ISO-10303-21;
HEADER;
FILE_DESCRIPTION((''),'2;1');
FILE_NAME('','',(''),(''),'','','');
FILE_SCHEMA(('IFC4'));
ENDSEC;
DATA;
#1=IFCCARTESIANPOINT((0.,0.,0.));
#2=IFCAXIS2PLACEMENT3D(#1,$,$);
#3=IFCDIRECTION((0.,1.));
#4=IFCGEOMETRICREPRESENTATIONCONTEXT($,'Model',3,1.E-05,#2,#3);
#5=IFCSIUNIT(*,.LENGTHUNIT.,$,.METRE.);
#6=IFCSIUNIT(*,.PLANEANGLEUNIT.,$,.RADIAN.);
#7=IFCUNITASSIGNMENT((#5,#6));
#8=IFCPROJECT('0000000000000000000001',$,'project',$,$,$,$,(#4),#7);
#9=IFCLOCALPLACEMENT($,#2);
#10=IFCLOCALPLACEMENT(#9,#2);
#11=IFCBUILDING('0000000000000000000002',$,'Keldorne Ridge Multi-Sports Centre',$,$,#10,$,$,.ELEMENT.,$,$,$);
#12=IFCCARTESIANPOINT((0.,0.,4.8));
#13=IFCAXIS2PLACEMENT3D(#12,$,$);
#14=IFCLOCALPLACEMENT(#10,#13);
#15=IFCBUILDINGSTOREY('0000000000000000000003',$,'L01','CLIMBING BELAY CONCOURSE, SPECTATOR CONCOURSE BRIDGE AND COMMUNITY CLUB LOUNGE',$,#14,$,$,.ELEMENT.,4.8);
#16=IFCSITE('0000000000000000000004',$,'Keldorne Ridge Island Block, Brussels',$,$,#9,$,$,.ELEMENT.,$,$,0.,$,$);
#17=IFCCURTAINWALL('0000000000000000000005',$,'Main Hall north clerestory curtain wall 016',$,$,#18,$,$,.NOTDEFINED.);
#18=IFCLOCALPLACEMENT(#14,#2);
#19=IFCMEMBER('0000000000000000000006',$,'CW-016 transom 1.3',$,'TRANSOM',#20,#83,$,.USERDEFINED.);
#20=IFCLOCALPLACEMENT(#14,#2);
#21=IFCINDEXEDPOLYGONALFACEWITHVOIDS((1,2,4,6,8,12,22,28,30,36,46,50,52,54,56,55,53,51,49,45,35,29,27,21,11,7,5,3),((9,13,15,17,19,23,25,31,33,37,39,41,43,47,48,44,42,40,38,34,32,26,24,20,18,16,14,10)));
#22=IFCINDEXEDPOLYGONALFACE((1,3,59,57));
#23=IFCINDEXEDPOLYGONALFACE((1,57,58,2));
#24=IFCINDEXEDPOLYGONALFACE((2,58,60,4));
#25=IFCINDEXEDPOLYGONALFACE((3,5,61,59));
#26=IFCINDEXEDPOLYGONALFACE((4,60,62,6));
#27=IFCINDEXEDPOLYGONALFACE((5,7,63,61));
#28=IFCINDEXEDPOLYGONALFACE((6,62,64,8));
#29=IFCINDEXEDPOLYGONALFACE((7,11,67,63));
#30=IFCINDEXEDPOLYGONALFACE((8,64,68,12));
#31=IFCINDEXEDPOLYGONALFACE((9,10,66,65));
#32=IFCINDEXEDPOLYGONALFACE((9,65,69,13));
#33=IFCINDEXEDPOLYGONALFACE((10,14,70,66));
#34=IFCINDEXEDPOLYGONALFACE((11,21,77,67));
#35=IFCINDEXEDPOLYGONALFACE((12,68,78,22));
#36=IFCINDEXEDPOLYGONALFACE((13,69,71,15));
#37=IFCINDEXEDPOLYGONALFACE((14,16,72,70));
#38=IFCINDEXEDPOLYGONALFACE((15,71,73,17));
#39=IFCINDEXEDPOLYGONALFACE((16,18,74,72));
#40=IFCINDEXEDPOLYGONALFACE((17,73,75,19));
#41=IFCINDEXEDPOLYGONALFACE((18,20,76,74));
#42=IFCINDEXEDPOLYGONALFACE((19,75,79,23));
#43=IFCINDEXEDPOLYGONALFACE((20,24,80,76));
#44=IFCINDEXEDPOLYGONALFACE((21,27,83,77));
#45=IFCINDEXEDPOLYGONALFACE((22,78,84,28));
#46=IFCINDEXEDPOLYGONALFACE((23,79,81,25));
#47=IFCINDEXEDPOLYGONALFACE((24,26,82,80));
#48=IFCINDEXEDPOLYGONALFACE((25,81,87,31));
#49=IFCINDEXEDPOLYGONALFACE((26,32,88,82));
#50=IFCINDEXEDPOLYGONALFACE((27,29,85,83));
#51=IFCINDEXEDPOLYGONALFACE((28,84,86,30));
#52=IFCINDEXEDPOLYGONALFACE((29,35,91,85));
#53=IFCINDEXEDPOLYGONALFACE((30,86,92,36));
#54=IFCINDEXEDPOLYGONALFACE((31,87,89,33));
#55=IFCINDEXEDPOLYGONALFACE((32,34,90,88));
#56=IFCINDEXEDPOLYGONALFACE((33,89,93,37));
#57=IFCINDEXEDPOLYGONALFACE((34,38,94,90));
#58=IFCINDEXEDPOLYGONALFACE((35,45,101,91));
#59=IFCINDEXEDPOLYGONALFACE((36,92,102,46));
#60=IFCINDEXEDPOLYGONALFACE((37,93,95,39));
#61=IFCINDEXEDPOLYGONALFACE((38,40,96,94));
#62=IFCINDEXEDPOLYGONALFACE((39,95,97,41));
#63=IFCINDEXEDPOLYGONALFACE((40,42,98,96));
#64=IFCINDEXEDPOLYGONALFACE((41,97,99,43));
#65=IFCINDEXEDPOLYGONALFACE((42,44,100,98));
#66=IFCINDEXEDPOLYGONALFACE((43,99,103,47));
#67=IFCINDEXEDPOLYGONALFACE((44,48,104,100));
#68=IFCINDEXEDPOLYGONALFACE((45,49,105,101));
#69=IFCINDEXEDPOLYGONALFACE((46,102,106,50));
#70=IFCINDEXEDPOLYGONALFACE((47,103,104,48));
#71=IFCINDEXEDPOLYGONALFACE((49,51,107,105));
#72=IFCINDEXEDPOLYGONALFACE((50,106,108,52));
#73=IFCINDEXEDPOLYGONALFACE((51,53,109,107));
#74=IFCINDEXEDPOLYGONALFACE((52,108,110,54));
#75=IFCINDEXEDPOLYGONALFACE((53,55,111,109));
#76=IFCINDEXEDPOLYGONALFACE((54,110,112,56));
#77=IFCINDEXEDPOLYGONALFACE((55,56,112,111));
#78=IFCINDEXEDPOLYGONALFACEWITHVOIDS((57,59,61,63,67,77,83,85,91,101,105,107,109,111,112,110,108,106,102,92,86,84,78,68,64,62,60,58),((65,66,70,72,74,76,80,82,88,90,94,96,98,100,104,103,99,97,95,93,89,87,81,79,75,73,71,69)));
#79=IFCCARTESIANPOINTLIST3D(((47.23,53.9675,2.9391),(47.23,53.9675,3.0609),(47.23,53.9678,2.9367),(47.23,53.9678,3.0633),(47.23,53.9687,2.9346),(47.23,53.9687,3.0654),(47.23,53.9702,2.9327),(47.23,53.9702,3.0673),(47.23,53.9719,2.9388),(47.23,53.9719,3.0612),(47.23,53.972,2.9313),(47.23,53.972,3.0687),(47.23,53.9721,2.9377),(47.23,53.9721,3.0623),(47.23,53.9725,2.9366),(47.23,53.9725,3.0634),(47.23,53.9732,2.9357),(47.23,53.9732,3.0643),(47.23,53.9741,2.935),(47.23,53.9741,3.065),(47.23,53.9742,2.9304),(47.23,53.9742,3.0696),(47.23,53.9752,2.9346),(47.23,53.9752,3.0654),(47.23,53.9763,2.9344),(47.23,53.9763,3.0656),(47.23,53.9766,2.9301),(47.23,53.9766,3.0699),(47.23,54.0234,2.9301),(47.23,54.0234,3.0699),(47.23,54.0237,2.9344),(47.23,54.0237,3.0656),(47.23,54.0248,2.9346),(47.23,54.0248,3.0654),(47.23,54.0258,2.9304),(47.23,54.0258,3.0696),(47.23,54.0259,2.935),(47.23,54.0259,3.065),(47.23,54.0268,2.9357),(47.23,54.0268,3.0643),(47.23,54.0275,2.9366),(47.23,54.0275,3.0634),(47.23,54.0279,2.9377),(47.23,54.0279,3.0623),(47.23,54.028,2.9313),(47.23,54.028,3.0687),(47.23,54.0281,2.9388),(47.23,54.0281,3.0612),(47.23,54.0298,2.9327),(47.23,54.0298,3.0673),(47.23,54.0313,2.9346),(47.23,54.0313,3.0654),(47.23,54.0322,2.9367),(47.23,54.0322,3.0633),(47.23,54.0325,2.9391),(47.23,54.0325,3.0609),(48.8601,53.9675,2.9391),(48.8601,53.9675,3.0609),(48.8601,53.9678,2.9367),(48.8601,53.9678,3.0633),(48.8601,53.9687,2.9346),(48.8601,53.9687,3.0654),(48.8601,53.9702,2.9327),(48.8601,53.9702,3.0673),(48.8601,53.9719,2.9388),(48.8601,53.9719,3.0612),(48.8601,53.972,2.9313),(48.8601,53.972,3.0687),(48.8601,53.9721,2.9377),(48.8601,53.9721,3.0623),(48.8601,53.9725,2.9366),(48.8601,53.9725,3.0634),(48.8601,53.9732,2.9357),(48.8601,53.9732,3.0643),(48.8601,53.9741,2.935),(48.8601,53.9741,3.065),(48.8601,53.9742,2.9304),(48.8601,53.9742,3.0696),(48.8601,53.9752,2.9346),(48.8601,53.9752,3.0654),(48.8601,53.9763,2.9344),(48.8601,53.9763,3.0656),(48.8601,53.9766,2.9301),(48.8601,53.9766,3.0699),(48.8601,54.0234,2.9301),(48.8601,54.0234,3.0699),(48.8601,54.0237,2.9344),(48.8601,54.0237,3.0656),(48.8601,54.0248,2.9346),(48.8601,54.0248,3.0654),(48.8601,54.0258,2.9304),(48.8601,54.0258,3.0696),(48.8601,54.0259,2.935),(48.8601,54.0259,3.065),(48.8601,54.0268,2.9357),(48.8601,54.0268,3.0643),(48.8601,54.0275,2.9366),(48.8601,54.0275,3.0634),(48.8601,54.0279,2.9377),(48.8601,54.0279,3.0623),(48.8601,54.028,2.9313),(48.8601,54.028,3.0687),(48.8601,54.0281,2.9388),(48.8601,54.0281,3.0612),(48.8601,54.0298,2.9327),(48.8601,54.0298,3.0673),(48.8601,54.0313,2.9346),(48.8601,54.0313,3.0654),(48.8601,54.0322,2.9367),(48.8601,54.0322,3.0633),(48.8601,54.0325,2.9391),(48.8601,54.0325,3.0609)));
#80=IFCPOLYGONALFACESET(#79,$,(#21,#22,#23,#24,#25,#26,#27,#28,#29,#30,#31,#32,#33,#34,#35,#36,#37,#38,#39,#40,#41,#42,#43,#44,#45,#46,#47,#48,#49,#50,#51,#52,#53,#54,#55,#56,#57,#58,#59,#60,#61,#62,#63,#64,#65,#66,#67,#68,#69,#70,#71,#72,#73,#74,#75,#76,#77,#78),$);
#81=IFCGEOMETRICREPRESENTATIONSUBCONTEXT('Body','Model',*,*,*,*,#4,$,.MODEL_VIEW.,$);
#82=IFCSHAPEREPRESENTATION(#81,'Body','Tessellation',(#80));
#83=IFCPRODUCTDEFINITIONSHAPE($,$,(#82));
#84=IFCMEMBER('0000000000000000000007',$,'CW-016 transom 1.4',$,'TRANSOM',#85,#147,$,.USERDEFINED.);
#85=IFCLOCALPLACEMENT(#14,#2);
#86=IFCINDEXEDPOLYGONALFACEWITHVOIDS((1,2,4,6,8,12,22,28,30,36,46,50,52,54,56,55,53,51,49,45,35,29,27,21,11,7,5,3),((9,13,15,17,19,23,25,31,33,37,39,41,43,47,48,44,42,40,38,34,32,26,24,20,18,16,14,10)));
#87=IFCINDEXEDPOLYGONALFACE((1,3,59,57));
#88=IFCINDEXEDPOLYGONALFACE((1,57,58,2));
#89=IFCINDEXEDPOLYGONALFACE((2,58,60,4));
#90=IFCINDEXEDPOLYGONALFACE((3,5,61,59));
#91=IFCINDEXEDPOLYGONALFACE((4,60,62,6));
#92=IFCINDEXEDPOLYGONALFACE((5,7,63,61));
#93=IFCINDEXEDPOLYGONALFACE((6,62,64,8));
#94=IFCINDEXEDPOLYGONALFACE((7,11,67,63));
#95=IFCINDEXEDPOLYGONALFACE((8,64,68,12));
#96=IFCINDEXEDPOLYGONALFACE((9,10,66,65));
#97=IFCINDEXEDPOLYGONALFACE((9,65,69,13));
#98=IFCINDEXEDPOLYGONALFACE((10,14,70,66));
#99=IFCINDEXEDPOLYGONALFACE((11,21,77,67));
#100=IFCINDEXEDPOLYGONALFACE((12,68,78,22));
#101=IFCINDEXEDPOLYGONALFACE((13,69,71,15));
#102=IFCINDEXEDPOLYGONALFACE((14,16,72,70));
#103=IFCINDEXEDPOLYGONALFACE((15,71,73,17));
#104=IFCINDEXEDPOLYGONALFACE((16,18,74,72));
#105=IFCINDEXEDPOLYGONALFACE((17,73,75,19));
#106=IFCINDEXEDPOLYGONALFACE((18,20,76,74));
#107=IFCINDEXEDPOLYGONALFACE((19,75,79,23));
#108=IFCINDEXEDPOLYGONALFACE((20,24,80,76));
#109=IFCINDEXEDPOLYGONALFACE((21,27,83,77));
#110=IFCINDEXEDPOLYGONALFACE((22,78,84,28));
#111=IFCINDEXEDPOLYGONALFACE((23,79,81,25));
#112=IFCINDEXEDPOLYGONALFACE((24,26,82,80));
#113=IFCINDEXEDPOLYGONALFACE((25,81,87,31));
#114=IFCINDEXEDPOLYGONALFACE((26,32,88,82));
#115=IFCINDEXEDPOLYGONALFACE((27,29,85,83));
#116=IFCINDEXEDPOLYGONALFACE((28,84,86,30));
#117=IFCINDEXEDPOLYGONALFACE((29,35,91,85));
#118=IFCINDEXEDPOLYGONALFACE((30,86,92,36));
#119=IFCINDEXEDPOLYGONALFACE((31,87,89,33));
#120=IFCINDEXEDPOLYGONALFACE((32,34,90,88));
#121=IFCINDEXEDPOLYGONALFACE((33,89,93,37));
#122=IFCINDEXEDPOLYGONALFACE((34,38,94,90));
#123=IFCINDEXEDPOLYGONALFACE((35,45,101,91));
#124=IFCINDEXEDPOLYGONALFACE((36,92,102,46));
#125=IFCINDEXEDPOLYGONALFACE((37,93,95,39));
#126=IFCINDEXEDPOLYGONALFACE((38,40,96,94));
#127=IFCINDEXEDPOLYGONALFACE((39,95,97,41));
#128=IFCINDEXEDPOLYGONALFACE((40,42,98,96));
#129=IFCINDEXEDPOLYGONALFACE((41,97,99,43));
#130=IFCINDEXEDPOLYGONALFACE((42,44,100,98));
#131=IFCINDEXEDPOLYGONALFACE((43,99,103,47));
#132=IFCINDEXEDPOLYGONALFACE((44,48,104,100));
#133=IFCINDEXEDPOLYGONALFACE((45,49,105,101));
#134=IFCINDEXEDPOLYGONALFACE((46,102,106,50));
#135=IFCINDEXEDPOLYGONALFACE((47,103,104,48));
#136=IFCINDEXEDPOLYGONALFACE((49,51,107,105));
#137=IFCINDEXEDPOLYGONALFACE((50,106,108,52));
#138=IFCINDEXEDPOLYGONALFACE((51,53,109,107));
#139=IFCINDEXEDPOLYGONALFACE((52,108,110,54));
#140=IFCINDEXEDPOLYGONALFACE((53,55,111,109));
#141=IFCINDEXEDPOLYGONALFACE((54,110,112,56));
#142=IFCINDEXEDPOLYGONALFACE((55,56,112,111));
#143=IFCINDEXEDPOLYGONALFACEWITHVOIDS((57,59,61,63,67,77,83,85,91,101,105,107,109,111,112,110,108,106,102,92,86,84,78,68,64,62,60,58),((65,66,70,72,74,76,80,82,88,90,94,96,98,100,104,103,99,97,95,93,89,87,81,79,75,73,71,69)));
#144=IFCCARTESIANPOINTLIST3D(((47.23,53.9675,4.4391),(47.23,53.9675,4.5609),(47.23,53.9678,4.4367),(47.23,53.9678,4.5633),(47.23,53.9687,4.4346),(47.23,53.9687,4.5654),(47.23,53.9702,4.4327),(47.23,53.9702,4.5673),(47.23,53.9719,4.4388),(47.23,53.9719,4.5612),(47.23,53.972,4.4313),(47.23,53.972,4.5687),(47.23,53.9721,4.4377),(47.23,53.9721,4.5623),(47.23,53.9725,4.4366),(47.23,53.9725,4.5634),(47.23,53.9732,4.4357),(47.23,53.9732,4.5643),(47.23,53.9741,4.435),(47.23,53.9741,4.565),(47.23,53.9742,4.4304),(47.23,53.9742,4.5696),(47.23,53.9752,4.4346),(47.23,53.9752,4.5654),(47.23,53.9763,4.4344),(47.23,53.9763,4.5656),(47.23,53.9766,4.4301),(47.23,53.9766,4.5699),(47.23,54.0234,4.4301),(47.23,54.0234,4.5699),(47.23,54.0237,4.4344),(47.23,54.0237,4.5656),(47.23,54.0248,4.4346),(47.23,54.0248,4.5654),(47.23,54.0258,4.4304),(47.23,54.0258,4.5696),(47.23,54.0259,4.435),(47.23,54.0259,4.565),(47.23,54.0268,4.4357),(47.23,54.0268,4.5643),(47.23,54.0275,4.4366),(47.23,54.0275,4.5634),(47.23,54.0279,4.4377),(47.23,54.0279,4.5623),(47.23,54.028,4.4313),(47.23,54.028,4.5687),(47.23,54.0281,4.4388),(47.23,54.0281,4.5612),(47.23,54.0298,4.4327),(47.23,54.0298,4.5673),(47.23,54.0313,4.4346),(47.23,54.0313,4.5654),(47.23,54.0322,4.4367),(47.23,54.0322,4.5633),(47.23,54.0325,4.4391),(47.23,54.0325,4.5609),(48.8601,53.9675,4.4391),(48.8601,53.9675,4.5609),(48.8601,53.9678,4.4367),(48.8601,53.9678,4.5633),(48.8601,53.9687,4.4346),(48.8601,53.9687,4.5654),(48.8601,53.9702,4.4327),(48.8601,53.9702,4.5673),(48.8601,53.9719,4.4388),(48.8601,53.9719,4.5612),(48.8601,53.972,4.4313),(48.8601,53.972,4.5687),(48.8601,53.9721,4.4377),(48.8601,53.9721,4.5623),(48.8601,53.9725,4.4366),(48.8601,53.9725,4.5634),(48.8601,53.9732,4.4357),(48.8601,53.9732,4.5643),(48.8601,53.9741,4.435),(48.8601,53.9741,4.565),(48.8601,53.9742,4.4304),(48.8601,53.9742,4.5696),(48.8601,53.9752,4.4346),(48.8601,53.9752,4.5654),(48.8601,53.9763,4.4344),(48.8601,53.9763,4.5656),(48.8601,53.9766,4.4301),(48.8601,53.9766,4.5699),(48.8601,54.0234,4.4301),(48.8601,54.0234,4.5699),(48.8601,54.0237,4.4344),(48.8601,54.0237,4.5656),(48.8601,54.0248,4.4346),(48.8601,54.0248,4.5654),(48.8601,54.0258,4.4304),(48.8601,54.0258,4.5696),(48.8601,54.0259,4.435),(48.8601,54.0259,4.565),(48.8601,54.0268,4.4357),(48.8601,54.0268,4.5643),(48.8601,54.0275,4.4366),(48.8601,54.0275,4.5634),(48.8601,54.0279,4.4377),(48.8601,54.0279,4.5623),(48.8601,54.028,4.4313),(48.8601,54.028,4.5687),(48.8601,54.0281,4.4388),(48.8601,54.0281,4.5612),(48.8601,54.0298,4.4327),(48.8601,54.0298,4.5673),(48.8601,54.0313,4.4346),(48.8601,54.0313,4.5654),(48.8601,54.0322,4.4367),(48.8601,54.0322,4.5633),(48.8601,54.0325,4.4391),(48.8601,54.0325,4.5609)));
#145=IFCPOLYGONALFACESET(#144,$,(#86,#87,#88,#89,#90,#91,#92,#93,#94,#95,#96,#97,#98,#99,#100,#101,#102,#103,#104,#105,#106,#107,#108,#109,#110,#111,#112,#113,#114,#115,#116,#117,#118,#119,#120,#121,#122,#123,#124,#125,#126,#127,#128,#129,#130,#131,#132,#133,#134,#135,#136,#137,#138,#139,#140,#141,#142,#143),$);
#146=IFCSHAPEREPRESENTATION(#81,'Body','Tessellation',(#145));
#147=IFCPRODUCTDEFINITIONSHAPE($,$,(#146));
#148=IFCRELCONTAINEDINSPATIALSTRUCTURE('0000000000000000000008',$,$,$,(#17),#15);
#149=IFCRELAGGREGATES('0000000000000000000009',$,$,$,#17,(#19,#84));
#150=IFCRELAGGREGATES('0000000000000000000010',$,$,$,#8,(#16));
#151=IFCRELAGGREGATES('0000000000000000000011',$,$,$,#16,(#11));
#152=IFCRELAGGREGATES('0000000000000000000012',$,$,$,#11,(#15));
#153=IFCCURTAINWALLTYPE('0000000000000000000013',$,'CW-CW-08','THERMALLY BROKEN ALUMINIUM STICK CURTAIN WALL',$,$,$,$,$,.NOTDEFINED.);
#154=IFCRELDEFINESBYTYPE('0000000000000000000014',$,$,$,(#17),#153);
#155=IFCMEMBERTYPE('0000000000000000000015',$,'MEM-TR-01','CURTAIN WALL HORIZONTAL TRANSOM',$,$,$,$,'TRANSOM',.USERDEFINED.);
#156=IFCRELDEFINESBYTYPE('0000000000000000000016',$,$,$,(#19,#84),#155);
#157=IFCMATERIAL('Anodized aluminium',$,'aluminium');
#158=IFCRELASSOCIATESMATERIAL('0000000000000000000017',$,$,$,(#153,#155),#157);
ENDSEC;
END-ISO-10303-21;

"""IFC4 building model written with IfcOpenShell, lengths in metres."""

from ifc_helpers import new_model, si_unit, direction, frame, origin, origin_2d, place, context, subcontext, project, spatial, hollow_rectangle, extrude, material, material_profile, profile_set, type_object, element, aggregate, save


model = new_model("IFC4")

# Units and contexts
model_context = context("Model", 3, precision=1e-05, world=origin(), true_north=direction((0.0, 1.0)))
body_context = subcontext(model_context, "Body", "Model", "MODEL_VIEW")
ifc_project = project(units=[si_unit("LENGTHUNIT", "METRE"), si_unit("PLANEANGLEUNIT", "RADIAN")], contexts=[model_context])

# Site, building, storey
site_placement = place(None, origin())
site = spatial("IfcSite", under=ifc_project, at=site_placement, Name="Keldorne Ridge Island Block, Brussels", CompositionType="ELEMENT", RefElevation=0.0)
building_placement = place(site_placement, origin())
building = spatial("IfcBuilding", under=site, at=building_placement, Name="Keldorne Ridge Multi-Sports Centre", CompositionType="ELEMENT")
storey_placement = place(building_placement, frame((0.0, 0.0, 4.8)))
storey = spatial("IfcBuildingStorey", under=building, at=storey_placement, Name="L01", Description="CLIMBING BELAY CONCOURSE, SPECTATOR CONCOURSE BRIDGE AND COMMUNITY CLUB LOUNGE", CompositionType="ELEMENT", Elevation=4.8)

# Curtain wall
ifc_material_1 = material(Name="Anodized aluminium", Category="aluminium")
curtain_wall_type_1 = type_object("IfcCurtainWallType", Name="CW-CW-08", Description="THERMALLY BROKEN ALUMINIUM STICK CURTAIN WALL", PredefinedType="NOTDEFINED", material=ifc_material_1)
curtain_wall_1_placement = place(storey_placement, origin())
curtain_wall_1 = element("IfcCurtainWall", 1, at=curtain_wall_1_placement, inside=storey, type_object=curtain_wall_type_1, Name="Main Hall north clerestory curtain wall 016", PredefinedType="NOTDEFINED")

# Members
ifc_material_profile_1 = material_profile(ifc_material_1, hollow_rectangle(XDim=0.0649, YDim=0.1399, WallThickness=0.0044, InnerFilletRadius=0.0044, OuterFilletRadius=0.009, at=origin_2d()), Name="ALU TRANSOM 140x65x4.5")
ifc_profile_set_1 = profile_set([ifc_material_profile_1], Name="Anodized aluminium")
member_type_1 = type_object("IfcMemberType", Name="MEM-TR-01", Description="CURTAIN WALL HORIZONTAL TRANSOM", ElementType="TRANSOM", PredefinedType="USERDEFINED", material=ifc_profile_set_1)
member_1_placement = place(storey_placement, frame((48.8601, 54.0, 3.0), z_axis=(-1.0, 0.0, 0.0), x_axis=(0.0, -1.0, 0.0)))
member_1 = element("IfcMember", 2, at=member_1_placement, type_object=member_type_1, Name="CW-016 transom 1.3", ObjectType="TRANSOM", PredefinedType="USERDEFINED", context=body_context, shape_type="SweptSolid", body=[
    extrude(hollow_rectangle(XDim=0.0649, YDim=0.1399, WallThickness=0.0044, InnerFilletRadius=0.0044, OuterFilletRadius=0.009, at=origin_2d()), origin(), (0.0, 0.0, 1.0), 1.6301),
])
member_2_placement = place(storey_placement, frame((48.8601, 54.0, 4.5), z_axis=(-1.0, 0.0, 0.0), x_axis=(0.0, -1.0, 0.0)))
member_2 = element("IfcMember", 3, at=member_2_placement, type_object=member_type_1, Name="CW-016 transom 1.4", ObjectType="TRANSOM", PredefinedType="USERDEFINED", context=body_context, shape_type="SweptSolid", body=[
    extrude(hollow_rectangle(XDim=0.0649, YDim=0.1399, WallThickness=0.0044, InnerFilletRadius=0.0044, OuterFilletRadius=0.009, at=origin_2d()), origin(), (0.0, 0.0, 1.0), 1.6301),
])

aggregate(curtain_wall_1, [member_1, member_2])

save(model, "model.ifc")
